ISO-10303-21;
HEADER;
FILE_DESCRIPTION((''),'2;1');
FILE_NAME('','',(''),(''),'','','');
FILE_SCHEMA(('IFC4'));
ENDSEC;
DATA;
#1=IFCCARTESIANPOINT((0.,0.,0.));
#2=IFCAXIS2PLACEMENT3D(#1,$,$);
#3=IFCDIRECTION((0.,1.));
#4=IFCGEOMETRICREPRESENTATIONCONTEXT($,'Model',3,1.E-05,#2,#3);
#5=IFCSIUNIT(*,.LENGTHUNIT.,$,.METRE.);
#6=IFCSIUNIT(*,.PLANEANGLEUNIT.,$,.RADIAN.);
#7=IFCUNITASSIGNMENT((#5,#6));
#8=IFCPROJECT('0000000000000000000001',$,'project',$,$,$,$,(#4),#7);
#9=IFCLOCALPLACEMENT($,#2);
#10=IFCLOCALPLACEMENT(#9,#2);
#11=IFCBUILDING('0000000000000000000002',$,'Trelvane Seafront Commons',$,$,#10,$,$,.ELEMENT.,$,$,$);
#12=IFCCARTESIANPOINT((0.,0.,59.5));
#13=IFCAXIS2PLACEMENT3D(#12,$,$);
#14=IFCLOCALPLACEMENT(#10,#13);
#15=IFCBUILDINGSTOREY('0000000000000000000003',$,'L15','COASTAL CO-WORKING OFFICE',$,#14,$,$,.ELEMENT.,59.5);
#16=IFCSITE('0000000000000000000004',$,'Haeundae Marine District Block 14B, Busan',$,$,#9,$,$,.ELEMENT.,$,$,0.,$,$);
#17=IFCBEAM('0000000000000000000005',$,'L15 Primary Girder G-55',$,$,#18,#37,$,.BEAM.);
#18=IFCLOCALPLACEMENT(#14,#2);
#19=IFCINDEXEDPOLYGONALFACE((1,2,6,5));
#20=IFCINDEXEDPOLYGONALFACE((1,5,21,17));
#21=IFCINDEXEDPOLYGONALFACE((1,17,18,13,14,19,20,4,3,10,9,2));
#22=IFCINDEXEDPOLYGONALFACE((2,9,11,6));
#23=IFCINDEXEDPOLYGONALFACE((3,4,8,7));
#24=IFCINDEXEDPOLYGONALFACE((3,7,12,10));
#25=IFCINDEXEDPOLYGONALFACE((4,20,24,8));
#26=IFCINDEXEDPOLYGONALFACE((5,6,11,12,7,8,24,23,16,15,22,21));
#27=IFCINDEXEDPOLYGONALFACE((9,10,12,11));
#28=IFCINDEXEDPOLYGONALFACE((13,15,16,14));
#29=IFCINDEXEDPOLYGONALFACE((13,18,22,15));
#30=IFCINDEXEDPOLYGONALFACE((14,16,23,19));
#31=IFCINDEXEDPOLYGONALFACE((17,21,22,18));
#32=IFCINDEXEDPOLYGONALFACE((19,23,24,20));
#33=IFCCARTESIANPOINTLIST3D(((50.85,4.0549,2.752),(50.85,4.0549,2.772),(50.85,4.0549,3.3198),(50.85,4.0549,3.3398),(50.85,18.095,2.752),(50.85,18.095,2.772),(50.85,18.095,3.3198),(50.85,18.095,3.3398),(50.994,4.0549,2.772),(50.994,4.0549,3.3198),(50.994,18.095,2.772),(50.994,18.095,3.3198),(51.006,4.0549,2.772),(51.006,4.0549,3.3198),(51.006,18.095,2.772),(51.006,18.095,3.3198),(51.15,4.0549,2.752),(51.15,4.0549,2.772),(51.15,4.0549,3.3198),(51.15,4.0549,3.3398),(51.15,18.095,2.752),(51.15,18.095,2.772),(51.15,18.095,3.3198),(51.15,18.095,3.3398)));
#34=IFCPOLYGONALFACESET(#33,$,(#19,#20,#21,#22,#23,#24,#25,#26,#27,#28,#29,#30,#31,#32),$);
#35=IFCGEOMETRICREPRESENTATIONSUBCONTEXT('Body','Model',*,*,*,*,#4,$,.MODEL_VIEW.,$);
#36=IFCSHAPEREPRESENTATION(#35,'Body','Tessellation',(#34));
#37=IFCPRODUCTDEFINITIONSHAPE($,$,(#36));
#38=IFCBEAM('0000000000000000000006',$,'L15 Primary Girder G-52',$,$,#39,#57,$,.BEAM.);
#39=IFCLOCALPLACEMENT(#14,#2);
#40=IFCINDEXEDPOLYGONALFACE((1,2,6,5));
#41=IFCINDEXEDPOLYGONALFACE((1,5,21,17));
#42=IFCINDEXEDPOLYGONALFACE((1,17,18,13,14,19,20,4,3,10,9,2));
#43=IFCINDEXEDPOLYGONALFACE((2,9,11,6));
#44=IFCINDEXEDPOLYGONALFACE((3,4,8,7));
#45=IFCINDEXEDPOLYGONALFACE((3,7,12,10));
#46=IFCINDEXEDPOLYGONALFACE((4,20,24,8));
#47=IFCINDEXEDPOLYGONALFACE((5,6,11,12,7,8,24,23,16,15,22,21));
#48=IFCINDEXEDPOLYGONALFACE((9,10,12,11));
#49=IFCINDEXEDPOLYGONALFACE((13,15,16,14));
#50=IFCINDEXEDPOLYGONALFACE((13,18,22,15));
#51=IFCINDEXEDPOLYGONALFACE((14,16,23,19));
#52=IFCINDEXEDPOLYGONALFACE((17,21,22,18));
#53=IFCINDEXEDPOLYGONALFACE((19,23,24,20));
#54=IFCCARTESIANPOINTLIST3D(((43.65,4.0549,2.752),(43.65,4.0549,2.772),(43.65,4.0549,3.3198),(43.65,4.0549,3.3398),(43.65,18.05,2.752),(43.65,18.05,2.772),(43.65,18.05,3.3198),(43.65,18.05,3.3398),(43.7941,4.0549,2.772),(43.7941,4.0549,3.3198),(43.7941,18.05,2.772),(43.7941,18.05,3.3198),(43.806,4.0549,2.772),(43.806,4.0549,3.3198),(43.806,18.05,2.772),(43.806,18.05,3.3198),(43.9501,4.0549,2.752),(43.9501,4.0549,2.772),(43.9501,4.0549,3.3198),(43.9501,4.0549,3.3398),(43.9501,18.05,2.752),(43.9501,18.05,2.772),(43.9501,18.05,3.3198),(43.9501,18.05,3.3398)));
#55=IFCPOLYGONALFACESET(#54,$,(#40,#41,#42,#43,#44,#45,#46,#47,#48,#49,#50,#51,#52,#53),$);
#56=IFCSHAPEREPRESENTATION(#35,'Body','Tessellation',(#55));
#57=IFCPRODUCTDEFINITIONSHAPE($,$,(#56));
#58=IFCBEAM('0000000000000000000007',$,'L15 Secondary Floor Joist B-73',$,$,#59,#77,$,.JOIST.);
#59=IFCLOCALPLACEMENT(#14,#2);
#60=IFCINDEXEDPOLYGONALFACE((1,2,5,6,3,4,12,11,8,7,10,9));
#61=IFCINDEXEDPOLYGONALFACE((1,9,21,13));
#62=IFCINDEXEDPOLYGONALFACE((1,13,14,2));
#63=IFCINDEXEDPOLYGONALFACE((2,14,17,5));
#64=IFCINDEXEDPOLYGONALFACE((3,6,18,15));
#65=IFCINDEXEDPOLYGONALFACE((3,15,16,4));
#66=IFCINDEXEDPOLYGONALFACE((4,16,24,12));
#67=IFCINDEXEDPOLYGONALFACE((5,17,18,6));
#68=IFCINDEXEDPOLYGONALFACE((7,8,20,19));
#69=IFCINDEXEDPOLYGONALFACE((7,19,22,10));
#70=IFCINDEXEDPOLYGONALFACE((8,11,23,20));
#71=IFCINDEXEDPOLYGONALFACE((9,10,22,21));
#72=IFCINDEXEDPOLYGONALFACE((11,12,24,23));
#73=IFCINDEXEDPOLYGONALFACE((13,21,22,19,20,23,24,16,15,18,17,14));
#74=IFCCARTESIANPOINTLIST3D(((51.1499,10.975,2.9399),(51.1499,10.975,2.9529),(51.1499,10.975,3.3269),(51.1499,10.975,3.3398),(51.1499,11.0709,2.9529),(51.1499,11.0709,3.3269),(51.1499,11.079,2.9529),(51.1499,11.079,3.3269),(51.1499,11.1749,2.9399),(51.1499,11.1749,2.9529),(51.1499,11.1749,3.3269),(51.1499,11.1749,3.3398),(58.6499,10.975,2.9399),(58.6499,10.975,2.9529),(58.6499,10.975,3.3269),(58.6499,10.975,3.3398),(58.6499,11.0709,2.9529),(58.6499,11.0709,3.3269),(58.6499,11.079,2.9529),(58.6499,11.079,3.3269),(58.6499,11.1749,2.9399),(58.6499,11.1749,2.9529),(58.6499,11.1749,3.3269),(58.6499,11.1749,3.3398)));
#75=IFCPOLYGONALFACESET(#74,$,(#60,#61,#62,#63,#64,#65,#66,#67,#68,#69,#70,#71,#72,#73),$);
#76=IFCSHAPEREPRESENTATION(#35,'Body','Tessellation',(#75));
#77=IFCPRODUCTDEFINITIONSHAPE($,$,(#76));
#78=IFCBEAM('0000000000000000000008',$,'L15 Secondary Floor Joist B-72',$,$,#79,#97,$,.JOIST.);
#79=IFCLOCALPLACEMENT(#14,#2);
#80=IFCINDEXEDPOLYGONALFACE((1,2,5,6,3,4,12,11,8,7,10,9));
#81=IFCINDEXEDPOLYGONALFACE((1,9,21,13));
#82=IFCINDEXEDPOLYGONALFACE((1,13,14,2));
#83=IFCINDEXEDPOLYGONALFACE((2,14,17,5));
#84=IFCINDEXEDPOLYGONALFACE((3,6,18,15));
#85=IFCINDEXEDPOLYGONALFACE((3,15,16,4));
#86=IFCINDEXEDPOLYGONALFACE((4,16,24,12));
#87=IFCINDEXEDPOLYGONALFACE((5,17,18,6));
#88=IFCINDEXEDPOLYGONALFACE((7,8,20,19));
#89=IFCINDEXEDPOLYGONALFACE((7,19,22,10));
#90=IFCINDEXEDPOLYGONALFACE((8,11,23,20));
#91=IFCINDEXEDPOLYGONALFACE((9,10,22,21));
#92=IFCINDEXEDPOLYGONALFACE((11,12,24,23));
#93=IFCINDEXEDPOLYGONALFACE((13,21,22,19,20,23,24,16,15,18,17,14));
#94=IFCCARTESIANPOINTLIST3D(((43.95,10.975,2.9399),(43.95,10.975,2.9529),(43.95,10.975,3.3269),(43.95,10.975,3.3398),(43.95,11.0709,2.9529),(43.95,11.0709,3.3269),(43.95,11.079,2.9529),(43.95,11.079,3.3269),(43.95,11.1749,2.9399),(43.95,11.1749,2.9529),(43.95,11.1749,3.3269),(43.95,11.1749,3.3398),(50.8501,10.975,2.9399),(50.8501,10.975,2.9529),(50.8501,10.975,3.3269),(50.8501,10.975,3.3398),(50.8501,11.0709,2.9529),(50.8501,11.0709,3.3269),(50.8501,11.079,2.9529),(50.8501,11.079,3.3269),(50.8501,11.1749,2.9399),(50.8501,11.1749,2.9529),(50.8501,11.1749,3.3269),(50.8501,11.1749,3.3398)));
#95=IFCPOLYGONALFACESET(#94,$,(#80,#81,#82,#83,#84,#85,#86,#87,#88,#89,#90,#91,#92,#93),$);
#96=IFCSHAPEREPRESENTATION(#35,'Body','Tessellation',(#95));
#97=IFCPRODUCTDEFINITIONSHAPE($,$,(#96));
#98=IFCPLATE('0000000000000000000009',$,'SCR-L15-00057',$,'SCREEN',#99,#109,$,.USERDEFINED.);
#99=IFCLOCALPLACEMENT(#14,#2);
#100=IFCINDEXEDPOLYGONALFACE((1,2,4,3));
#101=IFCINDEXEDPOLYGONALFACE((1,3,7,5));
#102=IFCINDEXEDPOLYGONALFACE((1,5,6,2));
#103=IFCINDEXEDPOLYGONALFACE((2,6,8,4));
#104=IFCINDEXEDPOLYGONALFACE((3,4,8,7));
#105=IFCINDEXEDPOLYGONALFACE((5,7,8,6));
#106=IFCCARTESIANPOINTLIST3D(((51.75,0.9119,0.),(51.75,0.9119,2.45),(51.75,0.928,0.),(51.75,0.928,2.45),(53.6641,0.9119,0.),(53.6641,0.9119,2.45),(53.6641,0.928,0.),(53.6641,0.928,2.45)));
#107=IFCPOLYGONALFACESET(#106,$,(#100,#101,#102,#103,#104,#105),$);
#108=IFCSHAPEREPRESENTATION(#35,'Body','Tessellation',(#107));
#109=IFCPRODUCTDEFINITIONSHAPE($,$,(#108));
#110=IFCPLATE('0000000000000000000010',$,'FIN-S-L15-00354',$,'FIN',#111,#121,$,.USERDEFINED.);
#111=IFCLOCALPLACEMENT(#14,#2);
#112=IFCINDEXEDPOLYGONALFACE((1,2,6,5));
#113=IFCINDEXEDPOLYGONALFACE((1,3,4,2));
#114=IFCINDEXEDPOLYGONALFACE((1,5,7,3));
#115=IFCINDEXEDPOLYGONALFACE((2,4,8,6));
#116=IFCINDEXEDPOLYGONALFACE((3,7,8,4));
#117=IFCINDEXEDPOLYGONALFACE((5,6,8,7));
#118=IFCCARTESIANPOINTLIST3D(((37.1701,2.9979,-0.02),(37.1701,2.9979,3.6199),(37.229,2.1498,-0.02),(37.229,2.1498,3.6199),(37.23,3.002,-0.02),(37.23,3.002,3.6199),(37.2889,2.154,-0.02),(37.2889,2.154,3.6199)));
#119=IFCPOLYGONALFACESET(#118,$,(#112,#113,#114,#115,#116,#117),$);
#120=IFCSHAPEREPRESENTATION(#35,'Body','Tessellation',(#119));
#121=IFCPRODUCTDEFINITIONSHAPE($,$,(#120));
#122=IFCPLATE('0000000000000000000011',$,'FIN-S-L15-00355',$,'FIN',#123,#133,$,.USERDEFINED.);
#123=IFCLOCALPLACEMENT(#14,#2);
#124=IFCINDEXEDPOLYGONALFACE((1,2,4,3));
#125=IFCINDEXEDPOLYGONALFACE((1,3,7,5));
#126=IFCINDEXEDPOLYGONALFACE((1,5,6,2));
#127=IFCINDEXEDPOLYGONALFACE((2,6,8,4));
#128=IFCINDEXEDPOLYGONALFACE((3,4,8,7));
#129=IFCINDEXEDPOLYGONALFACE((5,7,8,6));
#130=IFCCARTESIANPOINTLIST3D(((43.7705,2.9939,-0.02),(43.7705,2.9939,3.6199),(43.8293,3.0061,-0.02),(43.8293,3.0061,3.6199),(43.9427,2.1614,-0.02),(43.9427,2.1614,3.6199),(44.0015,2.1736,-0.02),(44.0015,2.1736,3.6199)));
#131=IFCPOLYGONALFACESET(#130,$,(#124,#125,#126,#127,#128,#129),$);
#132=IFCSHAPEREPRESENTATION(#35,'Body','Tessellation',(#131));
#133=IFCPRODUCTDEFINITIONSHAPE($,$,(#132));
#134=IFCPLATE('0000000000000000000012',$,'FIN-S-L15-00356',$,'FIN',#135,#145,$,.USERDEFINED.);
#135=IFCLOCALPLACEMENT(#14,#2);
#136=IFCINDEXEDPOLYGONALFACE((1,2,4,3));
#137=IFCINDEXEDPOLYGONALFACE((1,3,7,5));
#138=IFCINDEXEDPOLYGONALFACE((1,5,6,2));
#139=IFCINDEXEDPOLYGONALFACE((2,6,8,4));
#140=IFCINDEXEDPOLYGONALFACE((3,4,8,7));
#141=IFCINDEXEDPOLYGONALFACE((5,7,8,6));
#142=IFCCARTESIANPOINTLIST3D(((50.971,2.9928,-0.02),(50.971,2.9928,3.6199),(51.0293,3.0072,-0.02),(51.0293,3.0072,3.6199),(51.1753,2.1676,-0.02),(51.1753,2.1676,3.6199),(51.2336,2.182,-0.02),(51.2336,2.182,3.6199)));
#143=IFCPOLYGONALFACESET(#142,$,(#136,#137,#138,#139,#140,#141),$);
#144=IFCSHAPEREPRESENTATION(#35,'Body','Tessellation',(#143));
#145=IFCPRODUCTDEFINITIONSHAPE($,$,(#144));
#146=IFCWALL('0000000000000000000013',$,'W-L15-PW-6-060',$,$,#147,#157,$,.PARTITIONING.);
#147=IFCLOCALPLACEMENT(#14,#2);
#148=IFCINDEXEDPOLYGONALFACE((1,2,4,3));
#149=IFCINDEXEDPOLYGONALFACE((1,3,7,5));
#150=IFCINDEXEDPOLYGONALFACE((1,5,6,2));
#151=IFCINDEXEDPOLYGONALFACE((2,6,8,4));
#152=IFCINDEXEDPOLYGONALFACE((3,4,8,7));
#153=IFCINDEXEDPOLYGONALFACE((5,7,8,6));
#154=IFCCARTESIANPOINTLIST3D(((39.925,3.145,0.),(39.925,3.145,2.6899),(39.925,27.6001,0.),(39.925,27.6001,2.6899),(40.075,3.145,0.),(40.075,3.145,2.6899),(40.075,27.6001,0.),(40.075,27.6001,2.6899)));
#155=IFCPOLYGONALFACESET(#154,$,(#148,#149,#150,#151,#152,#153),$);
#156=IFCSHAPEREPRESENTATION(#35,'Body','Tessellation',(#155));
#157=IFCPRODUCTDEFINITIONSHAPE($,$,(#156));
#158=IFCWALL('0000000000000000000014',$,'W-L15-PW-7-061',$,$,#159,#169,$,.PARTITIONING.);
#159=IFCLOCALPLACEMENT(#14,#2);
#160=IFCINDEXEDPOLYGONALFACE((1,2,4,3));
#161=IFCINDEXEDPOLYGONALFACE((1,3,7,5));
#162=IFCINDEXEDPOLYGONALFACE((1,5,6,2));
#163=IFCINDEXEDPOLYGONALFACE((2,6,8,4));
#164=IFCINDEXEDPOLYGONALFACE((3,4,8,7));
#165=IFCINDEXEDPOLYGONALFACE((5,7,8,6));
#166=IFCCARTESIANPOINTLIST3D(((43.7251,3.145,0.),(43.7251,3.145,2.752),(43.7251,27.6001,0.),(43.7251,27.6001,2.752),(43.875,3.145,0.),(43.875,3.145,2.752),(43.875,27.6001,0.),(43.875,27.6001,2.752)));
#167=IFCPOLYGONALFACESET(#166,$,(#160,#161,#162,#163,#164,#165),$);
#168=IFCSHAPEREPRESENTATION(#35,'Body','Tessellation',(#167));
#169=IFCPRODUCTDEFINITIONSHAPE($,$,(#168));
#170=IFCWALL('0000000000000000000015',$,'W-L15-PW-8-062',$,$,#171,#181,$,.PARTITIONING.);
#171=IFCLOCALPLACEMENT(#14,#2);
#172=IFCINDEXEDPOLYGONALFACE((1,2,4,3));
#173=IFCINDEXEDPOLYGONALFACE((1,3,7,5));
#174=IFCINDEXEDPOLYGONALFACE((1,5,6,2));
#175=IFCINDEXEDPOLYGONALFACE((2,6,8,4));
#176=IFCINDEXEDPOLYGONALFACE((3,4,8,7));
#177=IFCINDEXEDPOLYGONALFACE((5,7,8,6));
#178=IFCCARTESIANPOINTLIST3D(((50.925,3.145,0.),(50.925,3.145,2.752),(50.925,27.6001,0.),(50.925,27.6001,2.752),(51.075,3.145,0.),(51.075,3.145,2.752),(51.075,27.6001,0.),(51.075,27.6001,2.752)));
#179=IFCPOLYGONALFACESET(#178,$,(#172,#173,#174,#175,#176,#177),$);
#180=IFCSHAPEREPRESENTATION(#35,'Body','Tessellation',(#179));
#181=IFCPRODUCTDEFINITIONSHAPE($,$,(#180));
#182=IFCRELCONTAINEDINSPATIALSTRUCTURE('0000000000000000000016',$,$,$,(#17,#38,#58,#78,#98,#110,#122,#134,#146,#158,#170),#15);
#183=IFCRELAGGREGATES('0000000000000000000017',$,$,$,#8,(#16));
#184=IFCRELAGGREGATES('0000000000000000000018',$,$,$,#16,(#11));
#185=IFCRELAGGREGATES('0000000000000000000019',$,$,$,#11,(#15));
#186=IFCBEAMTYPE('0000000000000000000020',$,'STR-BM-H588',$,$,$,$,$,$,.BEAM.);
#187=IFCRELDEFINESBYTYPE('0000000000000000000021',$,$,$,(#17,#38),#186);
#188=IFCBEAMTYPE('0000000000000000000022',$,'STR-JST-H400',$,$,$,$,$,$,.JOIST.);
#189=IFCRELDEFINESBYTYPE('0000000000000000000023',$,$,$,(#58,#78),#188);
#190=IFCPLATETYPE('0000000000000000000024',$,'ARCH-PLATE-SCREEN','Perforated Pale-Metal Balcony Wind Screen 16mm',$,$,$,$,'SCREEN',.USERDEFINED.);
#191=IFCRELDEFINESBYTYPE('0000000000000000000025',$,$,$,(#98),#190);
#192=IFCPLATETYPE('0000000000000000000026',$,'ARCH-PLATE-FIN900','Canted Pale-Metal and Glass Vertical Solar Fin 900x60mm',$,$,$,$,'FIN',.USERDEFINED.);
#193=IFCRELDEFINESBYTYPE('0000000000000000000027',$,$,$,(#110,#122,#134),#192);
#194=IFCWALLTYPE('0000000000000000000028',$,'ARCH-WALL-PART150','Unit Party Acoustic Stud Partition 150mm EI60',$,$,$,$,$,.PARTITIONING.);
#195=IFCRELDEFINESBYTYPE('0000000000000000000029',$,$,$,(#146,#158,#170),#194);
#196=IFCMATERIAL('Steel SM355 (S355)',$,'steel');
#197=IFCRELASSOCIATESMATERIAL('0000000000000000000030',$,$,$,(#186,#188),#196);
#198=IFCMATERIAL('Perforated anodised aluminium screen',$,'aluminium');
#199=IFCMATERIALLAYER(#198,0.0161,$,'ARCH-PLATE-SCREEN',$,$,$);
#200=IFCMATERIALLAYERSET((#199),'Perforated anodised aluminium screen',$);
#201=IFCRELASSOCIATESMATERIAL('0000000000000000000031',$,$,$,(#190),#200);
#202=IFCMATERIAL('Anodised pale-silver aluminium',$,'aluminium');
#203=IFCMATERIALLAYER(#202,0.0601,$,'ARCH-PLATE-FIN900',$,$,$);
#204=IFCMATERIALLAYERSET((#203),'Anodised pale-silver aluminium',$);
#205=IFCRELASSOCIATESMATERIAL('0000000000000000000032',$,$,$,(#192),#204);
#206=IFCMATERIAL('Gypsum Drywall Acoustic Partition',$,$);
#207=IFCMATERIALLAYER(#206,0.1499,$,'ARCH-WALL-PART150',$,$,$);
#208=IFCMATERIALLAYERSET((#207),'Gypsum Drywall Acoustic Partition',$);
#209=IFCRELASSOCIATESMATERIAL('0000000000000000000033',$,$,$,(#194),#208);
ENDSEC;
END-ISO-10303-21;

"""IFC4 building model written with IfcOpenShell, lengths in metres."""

from ifc_helpers import new_model, si_unit, direction, frame, frame_2d, origin, origin_2d, place, context, subcontext, project, spatial, rectangle, i_section, extrude, source, transform, mapped, material, layer, layer_set, material_profile, profile_set, type_object, element, save


model = new_model("IFC4")

# Units and contexts
model_context = context("Model", 3, precision=1e-05, world=origin(), true_north=direction((0.0, 1.0)))
body_context = subcontext(model_context, "Body", "Model", "MODEL_VIEW")
ifc_project = project(units=[si_unit("LENGTHUNIT", "METRE"), si_unit("PLANEANGLEUNIT", "RADIAN")], contexts=[model_context])

# Site, building, storey
site_placement = place(None, origin())
site = spatial("IfcSite", under=ifc_project, at=site_placement, Name="Haeundae Marine District Block 14B, Busan", CompositionType="ELEMENT", RefElevation=0.0)
building_placement = place(site_placement, origin())
building = spatial("IfcBuilding", under=site, at=building_placement, Name="Trelvane Seafront Commons", CompositionType="ELEMENT")
storey_placement = place(building_placement, frame((0.0, 0.0, 59.5)))
storey = spatial("IfcBuildingStorey", under=building, at=storey_placement, Name="L15", Description="COASTAL CO-WORKING OFFICE", CompositionType="ELEMENT", Elevation=59.5)

# Shared definitions
ifc_material_1 = material(Name="Steel SM355 (S355)", Category="steel")

# Beams
ifc_material_profile_1 = material_profile(ifc_material_1, i_section(OverallWidth=0.3, OverallDepth=0.5879, WebThickness=0.012, FlangeThickness=0.02, at=origin_2d()), Name="H-588x300x12x20")
ifc_profile_set_1 = profile_set([ifc_material_profile_1], Name="Steel SM355 (S355)")
beam_type_1 = type_object("IfcBeamType", Name="STR-BM-H588", PredefinedType="BEAM", material=ifc_profile_set_1)
shared_shape_1 = source(origin(), body_context, "Body", "SweptSolid", [
    extrude(i_section(OverallWidth=0.3, OverallDepth=0.5879, WebThickness=0.012, FlangeThickness=0.02, at=origin_2d()), origin(), (0.0, 0.0, 1.0), 14.04),
])
beam_1_placement = place(storey_placement, frame((51.0, 4.0549, 3.0459), z_axis=(0.0, 1.0, 0.0), x_axis=(-1.0, 0.0, 0.0)))
element("IfcBeam", 1, at=beam_1_placement, inside=storey, type_object=beam_type_1, Name="L15 Primary Girder G-55", PredefinedType="BEAM", context=body_context, shape_type="MappedRepresentation", body=[
    mapped(shared_shape_1, transform((0.0, 0.0, 0.0), x_axis=(1.0, 0.0, 0.0), y_axis=(0.0, 1.0, 0.0), z_axis=(0.0, 0.0, 1.0), scale=1.0)),
])
shared_shape_2 = source(origin(), body_context, "Body", "SweptSolid", [
    extrude(i_section(OverallWidth=0.3, OverallDepth=0.5879, WebThickness=0.012, FlangeThickness=0.02, at=origin_2d()), origin(), (0.0, 0.0, 1.0), 13.9951),
])
beam_2_placement = place(storey_placement, frame((43.8, 4.0549, 3.0459), z_axis=(0.0, 1.0, 0.0), x_axis=(-1.0, 0.0, 0.0)))
element("IfcBeam", 2, at=beam_2_placement, inside=storey, type_object=beam_type_1, Name="L15 Primary Girder G-52", PredefinedType="BEAM", context=body_context, shape_type="MappedRepresentation", body=[
    mapped(shared_shape_2, transform((0.0, 0.0, 0.0), x_axis=(1.0, 0.0, 0.0), y_axis=(0.0, 1.0, 0.0), z_axis=(0.0, 0.0, 1.0), scale=1.0)),
])
ifc_material_profile_2 = material_profile(ifc_material_1, i_section(OverallWidth=0.2, OverallDepth=0.3999, WebThickness=0.0081, FlangeThickness=0.0129, at=origin_2d()), Name="H-400x200x8x13")
ifc_profile_set_2 = profile_set([ifc_material_profile_2], Name="Steel SM355 (S355)")
beam_type_2 = type_object("IfcBeamType", Name="STR-JST-H400", PredefinedType="JOIST", material=ifc_profile_set_2)
shared_shape_3 = source(origin(), body_context, "Body", "SweptSolid", [
    extrude(i_section(OverallWidth=0.2, OverallDepth=0.3999, WebThickness=0.0081, FlangeThickness=0.0129, at=origin_2d()), origin(), (0.0, 0.0, 1.0), 7.5),
])
beam_3_placement = place(storey_placement, frame((51.1499, 11.075, 3.1399), z_axis=(1.0, 0.0, 0.0), x_axis=(0.0, 1.0, 0.0)))
element("IfcBeam", 3, at=beam_3_placement, inside=storey, type_object=beam_type_2, Name="L15 Secondary Floor Joist B-73", PredefinedType="JOIST", context=body_context, shape_type="MappedRepresentation", body=[
    mapped(shared_shape_3, transform((0.0, 0.0, 0.0), x_axis=(1.0, 0.0, 0.0), y_axis=(0.0, 1.0, 0.0), z_axis=(0.0, 0.0, 1.0), scale=1.0)),
])
shared_shape_4 = source(origin(), body_context, "Body", "SweptSolid", [
    extrude(i_section(OverallWidth=0.2, OverallDepth=0.3999, WebThickness=0.0081, FlangeThickness=0.0129, at=origin_2d()), origin(), (0.0, 0.0, 1.0), 6.9001),
])
beam_4_placement = place(storey_placement, frame((43.95, 11.075, 3.1399), z_axis=(1.0, 0.0, 0.0), x_axis=(0.0, 1.0, 0.0)))
element("IfcBeam", 4, at=beam_4_placement, inside=storey, type_object=beam_type_2, Name="L15 Secondary Floor Joist B-72", PredefinedType="JOIST", context=body_context, shape_type="MappedRepresentation", body=[
    mapped(shared_shape_4, transform((0.0, 0.0, 0.0), x_axis=(1.0, 0.0, 0.0), y_axis=(0.0, 1.0, 0.0), z_axis=(0.0, 0.0, 1.0), scale=1.0)),
])

# Plates
ifc_material_2 = material(Name="Perforated anodised aluminium screen", Category="aluminium")
ifc_layer_1 = layer(ifc_material_2, 0.0161, Name="ARCH-PLATE-SCREEN")
ifc_layer_set_1 = layer_set([ifc_layer_1], Name="Perforated anodised aluminium screen")
plate_type_1 = type_object("IfcPlateType", Name="ARCH-PLATE-SCREEN", Description="Perforated Pale-Metal Balcony Wind Screen 16mm", ElementType="SCREEN", PredefinedType="USERDEFINED", material=ifc_layer_set_1)
shared_shape_5 = source(origin(), body_context, "Body", "SweptSolid", [
    extrude(rectangle(XDim=1.9141, YDim=0.0161, at=origin_2d()), origin(), (0.0, 0.0, 1.0), 2.45),
])
plate_placement = place(storey_placement, frame((52.707, 0.9199, 0.0), z_axis=(0.0, 0.0, 1.0), x_axis=(1.0, 0.0, 0.0)))
element("IfcPlate", 5, at=plate_placement, inside=storey, type_object=plate_type_1, Name="SCR-L15-00057", ObjectType="SCREEN", PredefinedType="USERDEFINED", context=body_context, shape_type="MappedRepresentation", body=[
    mapped(shared_shape_5, transform((0.0, 0.0, 0.0), x_axis=(1.0, 0.0, 0.0), y_axis=(0.0, 1.0, 0.0), z_axis=(0.0, 0.0, 1.0), scale=1.0)),
])
ifc_material_3 = material(Name="Anodised pale-silver aluminium", Category="aluminium")
ifc_layer_2 = layer(ifc_material_3, 0.0601, Name="ARCH-PLATE-FIN900")
ifc_layer_set_2 = layer_set([ifc_layer_2], Name="Anodised pale-silver aluminium")
plate_type_2 = type_object("IfcPlateType", Name="ARCH-PLATE-FIN900", Description="Canted Pale-Metal and Glass Vertical Solar Fin 900x60mm", ElementType="FIN", PredefinedType="USERDEFINED", material=ifc_layer_set_2)
shared_shape_6 = source(origin(), body_context, "Body", "SweptSolid", [
    extrude(rectangle(XDim=0.8501, YDim=0.0601, at=origin_2d()), origin(), (0.0, 0.0, 1.0), 3.6399),
])
for number, where, z_axis, x_axis, name in (
    (6, (37.2295, 2.5759, -0.02), (0.0, 0.0, 1.0), (0.06929, -0.997597, 0.0), "FIN-S-L15-00354"),
    (7, (43.886, 2.5837, -0.02), (0.0, 0.0, 1.0), (0.202582, -0.979265, 0.0), "FIN-S-L15-00355"),
    (8, (51.1023, 2.5874, -0.02), (0.0, 0.0, 1.0), (0.240348, -0.970687, 0.0), "FIN-S-L15-00356"),
):
    element("IfcPlate", number, at=place(storey_placement, frame(where, z_axis=z_axis, x_axis=x_axis)), inside=storey, type_object=plate_type_2, Name=name, ObjectType="FIN", PredefinedType="USERDEFINED", context=body_context, shape_type="MappedRepresentation", body=[
        mapped(shared_shape_6, transform((0.0, 0.0, 0.0), x_axis=(1.0, 0.0, 0.0), y_axis=(0.0, 1.0, 0.0), z_axis=(0.0, 0.0, 1.0), scale=1.0)),
    ])

# Shared definitions
ifc_material_4 = material(Name="Gypsum Drywall Acoustic Partition")

# Walls
ifc_layer_3 = layer(ifc_material_4, 0.1499, Name="ARCH-WALL-PART150")
ifc_layer_set_3 = layer_set([ifc_layer_3], Name="Gypsum Drywall Acoustic Partition")
wall_type_1 = type_object("IfcWallType", Name="ARCH-WALL-PART150", Description="Unit Party Acoustic Stud Partition 150mm EI60", PredefinedType="PARTITIONING", material=ifc_layer_set_3)
wall_1_placement = place(storey_placement, frame((40.0, 3.145, 0.0), z_axis=(0.0, 0.0, 1.0), x_axis=(0.0, 1.0, 0.0)))
element("IfcWall", 9, at=wall_1_placement, inside=storey, type_object=wall_type_1, Name="W-L15-PW-6-060", PredefinedType="PARTITIONING", context=body_context, shape_type="SweptSolid", body=[
    extrude(rectangle(XDim=24.4551, YDim=0.1499, at=frame_2d((12.2275, 0.0))), origin(), (0.0, 0.0, 1.0), 2.6899),
])
for number, where, z_axis, x_axis, name in (
    (10, (43.8, 3.145, 0.0), (0.0, 0.0, 1.0), (0.0, 1.0, 0.0), "W-L15-PW-7-061"),
    (11, (51.0, 3.145, 0.0), (0.0, 0.0, 1.0), (0.0, 1.0, 0.0), "W-L15-PW-8-062"),
):
    element("IfcWall", number, at=place(storey_placement, frame(where, z_axis=z_axis, x_axis=x_axis)), inside=storey, type_object=wall_type_1, Name=name, PredefinedType="PARTITIONING", context=body_context, shape_type="SweptSolid", body=[
        extrude(rectangle(XDim=24.4551, YDim=0.1499, at=frame_2d((12.2275, 0.0))), origin(), (0.0, 0.0, 1.0), 2.752),
    ])

save(model, "model.ifc")
